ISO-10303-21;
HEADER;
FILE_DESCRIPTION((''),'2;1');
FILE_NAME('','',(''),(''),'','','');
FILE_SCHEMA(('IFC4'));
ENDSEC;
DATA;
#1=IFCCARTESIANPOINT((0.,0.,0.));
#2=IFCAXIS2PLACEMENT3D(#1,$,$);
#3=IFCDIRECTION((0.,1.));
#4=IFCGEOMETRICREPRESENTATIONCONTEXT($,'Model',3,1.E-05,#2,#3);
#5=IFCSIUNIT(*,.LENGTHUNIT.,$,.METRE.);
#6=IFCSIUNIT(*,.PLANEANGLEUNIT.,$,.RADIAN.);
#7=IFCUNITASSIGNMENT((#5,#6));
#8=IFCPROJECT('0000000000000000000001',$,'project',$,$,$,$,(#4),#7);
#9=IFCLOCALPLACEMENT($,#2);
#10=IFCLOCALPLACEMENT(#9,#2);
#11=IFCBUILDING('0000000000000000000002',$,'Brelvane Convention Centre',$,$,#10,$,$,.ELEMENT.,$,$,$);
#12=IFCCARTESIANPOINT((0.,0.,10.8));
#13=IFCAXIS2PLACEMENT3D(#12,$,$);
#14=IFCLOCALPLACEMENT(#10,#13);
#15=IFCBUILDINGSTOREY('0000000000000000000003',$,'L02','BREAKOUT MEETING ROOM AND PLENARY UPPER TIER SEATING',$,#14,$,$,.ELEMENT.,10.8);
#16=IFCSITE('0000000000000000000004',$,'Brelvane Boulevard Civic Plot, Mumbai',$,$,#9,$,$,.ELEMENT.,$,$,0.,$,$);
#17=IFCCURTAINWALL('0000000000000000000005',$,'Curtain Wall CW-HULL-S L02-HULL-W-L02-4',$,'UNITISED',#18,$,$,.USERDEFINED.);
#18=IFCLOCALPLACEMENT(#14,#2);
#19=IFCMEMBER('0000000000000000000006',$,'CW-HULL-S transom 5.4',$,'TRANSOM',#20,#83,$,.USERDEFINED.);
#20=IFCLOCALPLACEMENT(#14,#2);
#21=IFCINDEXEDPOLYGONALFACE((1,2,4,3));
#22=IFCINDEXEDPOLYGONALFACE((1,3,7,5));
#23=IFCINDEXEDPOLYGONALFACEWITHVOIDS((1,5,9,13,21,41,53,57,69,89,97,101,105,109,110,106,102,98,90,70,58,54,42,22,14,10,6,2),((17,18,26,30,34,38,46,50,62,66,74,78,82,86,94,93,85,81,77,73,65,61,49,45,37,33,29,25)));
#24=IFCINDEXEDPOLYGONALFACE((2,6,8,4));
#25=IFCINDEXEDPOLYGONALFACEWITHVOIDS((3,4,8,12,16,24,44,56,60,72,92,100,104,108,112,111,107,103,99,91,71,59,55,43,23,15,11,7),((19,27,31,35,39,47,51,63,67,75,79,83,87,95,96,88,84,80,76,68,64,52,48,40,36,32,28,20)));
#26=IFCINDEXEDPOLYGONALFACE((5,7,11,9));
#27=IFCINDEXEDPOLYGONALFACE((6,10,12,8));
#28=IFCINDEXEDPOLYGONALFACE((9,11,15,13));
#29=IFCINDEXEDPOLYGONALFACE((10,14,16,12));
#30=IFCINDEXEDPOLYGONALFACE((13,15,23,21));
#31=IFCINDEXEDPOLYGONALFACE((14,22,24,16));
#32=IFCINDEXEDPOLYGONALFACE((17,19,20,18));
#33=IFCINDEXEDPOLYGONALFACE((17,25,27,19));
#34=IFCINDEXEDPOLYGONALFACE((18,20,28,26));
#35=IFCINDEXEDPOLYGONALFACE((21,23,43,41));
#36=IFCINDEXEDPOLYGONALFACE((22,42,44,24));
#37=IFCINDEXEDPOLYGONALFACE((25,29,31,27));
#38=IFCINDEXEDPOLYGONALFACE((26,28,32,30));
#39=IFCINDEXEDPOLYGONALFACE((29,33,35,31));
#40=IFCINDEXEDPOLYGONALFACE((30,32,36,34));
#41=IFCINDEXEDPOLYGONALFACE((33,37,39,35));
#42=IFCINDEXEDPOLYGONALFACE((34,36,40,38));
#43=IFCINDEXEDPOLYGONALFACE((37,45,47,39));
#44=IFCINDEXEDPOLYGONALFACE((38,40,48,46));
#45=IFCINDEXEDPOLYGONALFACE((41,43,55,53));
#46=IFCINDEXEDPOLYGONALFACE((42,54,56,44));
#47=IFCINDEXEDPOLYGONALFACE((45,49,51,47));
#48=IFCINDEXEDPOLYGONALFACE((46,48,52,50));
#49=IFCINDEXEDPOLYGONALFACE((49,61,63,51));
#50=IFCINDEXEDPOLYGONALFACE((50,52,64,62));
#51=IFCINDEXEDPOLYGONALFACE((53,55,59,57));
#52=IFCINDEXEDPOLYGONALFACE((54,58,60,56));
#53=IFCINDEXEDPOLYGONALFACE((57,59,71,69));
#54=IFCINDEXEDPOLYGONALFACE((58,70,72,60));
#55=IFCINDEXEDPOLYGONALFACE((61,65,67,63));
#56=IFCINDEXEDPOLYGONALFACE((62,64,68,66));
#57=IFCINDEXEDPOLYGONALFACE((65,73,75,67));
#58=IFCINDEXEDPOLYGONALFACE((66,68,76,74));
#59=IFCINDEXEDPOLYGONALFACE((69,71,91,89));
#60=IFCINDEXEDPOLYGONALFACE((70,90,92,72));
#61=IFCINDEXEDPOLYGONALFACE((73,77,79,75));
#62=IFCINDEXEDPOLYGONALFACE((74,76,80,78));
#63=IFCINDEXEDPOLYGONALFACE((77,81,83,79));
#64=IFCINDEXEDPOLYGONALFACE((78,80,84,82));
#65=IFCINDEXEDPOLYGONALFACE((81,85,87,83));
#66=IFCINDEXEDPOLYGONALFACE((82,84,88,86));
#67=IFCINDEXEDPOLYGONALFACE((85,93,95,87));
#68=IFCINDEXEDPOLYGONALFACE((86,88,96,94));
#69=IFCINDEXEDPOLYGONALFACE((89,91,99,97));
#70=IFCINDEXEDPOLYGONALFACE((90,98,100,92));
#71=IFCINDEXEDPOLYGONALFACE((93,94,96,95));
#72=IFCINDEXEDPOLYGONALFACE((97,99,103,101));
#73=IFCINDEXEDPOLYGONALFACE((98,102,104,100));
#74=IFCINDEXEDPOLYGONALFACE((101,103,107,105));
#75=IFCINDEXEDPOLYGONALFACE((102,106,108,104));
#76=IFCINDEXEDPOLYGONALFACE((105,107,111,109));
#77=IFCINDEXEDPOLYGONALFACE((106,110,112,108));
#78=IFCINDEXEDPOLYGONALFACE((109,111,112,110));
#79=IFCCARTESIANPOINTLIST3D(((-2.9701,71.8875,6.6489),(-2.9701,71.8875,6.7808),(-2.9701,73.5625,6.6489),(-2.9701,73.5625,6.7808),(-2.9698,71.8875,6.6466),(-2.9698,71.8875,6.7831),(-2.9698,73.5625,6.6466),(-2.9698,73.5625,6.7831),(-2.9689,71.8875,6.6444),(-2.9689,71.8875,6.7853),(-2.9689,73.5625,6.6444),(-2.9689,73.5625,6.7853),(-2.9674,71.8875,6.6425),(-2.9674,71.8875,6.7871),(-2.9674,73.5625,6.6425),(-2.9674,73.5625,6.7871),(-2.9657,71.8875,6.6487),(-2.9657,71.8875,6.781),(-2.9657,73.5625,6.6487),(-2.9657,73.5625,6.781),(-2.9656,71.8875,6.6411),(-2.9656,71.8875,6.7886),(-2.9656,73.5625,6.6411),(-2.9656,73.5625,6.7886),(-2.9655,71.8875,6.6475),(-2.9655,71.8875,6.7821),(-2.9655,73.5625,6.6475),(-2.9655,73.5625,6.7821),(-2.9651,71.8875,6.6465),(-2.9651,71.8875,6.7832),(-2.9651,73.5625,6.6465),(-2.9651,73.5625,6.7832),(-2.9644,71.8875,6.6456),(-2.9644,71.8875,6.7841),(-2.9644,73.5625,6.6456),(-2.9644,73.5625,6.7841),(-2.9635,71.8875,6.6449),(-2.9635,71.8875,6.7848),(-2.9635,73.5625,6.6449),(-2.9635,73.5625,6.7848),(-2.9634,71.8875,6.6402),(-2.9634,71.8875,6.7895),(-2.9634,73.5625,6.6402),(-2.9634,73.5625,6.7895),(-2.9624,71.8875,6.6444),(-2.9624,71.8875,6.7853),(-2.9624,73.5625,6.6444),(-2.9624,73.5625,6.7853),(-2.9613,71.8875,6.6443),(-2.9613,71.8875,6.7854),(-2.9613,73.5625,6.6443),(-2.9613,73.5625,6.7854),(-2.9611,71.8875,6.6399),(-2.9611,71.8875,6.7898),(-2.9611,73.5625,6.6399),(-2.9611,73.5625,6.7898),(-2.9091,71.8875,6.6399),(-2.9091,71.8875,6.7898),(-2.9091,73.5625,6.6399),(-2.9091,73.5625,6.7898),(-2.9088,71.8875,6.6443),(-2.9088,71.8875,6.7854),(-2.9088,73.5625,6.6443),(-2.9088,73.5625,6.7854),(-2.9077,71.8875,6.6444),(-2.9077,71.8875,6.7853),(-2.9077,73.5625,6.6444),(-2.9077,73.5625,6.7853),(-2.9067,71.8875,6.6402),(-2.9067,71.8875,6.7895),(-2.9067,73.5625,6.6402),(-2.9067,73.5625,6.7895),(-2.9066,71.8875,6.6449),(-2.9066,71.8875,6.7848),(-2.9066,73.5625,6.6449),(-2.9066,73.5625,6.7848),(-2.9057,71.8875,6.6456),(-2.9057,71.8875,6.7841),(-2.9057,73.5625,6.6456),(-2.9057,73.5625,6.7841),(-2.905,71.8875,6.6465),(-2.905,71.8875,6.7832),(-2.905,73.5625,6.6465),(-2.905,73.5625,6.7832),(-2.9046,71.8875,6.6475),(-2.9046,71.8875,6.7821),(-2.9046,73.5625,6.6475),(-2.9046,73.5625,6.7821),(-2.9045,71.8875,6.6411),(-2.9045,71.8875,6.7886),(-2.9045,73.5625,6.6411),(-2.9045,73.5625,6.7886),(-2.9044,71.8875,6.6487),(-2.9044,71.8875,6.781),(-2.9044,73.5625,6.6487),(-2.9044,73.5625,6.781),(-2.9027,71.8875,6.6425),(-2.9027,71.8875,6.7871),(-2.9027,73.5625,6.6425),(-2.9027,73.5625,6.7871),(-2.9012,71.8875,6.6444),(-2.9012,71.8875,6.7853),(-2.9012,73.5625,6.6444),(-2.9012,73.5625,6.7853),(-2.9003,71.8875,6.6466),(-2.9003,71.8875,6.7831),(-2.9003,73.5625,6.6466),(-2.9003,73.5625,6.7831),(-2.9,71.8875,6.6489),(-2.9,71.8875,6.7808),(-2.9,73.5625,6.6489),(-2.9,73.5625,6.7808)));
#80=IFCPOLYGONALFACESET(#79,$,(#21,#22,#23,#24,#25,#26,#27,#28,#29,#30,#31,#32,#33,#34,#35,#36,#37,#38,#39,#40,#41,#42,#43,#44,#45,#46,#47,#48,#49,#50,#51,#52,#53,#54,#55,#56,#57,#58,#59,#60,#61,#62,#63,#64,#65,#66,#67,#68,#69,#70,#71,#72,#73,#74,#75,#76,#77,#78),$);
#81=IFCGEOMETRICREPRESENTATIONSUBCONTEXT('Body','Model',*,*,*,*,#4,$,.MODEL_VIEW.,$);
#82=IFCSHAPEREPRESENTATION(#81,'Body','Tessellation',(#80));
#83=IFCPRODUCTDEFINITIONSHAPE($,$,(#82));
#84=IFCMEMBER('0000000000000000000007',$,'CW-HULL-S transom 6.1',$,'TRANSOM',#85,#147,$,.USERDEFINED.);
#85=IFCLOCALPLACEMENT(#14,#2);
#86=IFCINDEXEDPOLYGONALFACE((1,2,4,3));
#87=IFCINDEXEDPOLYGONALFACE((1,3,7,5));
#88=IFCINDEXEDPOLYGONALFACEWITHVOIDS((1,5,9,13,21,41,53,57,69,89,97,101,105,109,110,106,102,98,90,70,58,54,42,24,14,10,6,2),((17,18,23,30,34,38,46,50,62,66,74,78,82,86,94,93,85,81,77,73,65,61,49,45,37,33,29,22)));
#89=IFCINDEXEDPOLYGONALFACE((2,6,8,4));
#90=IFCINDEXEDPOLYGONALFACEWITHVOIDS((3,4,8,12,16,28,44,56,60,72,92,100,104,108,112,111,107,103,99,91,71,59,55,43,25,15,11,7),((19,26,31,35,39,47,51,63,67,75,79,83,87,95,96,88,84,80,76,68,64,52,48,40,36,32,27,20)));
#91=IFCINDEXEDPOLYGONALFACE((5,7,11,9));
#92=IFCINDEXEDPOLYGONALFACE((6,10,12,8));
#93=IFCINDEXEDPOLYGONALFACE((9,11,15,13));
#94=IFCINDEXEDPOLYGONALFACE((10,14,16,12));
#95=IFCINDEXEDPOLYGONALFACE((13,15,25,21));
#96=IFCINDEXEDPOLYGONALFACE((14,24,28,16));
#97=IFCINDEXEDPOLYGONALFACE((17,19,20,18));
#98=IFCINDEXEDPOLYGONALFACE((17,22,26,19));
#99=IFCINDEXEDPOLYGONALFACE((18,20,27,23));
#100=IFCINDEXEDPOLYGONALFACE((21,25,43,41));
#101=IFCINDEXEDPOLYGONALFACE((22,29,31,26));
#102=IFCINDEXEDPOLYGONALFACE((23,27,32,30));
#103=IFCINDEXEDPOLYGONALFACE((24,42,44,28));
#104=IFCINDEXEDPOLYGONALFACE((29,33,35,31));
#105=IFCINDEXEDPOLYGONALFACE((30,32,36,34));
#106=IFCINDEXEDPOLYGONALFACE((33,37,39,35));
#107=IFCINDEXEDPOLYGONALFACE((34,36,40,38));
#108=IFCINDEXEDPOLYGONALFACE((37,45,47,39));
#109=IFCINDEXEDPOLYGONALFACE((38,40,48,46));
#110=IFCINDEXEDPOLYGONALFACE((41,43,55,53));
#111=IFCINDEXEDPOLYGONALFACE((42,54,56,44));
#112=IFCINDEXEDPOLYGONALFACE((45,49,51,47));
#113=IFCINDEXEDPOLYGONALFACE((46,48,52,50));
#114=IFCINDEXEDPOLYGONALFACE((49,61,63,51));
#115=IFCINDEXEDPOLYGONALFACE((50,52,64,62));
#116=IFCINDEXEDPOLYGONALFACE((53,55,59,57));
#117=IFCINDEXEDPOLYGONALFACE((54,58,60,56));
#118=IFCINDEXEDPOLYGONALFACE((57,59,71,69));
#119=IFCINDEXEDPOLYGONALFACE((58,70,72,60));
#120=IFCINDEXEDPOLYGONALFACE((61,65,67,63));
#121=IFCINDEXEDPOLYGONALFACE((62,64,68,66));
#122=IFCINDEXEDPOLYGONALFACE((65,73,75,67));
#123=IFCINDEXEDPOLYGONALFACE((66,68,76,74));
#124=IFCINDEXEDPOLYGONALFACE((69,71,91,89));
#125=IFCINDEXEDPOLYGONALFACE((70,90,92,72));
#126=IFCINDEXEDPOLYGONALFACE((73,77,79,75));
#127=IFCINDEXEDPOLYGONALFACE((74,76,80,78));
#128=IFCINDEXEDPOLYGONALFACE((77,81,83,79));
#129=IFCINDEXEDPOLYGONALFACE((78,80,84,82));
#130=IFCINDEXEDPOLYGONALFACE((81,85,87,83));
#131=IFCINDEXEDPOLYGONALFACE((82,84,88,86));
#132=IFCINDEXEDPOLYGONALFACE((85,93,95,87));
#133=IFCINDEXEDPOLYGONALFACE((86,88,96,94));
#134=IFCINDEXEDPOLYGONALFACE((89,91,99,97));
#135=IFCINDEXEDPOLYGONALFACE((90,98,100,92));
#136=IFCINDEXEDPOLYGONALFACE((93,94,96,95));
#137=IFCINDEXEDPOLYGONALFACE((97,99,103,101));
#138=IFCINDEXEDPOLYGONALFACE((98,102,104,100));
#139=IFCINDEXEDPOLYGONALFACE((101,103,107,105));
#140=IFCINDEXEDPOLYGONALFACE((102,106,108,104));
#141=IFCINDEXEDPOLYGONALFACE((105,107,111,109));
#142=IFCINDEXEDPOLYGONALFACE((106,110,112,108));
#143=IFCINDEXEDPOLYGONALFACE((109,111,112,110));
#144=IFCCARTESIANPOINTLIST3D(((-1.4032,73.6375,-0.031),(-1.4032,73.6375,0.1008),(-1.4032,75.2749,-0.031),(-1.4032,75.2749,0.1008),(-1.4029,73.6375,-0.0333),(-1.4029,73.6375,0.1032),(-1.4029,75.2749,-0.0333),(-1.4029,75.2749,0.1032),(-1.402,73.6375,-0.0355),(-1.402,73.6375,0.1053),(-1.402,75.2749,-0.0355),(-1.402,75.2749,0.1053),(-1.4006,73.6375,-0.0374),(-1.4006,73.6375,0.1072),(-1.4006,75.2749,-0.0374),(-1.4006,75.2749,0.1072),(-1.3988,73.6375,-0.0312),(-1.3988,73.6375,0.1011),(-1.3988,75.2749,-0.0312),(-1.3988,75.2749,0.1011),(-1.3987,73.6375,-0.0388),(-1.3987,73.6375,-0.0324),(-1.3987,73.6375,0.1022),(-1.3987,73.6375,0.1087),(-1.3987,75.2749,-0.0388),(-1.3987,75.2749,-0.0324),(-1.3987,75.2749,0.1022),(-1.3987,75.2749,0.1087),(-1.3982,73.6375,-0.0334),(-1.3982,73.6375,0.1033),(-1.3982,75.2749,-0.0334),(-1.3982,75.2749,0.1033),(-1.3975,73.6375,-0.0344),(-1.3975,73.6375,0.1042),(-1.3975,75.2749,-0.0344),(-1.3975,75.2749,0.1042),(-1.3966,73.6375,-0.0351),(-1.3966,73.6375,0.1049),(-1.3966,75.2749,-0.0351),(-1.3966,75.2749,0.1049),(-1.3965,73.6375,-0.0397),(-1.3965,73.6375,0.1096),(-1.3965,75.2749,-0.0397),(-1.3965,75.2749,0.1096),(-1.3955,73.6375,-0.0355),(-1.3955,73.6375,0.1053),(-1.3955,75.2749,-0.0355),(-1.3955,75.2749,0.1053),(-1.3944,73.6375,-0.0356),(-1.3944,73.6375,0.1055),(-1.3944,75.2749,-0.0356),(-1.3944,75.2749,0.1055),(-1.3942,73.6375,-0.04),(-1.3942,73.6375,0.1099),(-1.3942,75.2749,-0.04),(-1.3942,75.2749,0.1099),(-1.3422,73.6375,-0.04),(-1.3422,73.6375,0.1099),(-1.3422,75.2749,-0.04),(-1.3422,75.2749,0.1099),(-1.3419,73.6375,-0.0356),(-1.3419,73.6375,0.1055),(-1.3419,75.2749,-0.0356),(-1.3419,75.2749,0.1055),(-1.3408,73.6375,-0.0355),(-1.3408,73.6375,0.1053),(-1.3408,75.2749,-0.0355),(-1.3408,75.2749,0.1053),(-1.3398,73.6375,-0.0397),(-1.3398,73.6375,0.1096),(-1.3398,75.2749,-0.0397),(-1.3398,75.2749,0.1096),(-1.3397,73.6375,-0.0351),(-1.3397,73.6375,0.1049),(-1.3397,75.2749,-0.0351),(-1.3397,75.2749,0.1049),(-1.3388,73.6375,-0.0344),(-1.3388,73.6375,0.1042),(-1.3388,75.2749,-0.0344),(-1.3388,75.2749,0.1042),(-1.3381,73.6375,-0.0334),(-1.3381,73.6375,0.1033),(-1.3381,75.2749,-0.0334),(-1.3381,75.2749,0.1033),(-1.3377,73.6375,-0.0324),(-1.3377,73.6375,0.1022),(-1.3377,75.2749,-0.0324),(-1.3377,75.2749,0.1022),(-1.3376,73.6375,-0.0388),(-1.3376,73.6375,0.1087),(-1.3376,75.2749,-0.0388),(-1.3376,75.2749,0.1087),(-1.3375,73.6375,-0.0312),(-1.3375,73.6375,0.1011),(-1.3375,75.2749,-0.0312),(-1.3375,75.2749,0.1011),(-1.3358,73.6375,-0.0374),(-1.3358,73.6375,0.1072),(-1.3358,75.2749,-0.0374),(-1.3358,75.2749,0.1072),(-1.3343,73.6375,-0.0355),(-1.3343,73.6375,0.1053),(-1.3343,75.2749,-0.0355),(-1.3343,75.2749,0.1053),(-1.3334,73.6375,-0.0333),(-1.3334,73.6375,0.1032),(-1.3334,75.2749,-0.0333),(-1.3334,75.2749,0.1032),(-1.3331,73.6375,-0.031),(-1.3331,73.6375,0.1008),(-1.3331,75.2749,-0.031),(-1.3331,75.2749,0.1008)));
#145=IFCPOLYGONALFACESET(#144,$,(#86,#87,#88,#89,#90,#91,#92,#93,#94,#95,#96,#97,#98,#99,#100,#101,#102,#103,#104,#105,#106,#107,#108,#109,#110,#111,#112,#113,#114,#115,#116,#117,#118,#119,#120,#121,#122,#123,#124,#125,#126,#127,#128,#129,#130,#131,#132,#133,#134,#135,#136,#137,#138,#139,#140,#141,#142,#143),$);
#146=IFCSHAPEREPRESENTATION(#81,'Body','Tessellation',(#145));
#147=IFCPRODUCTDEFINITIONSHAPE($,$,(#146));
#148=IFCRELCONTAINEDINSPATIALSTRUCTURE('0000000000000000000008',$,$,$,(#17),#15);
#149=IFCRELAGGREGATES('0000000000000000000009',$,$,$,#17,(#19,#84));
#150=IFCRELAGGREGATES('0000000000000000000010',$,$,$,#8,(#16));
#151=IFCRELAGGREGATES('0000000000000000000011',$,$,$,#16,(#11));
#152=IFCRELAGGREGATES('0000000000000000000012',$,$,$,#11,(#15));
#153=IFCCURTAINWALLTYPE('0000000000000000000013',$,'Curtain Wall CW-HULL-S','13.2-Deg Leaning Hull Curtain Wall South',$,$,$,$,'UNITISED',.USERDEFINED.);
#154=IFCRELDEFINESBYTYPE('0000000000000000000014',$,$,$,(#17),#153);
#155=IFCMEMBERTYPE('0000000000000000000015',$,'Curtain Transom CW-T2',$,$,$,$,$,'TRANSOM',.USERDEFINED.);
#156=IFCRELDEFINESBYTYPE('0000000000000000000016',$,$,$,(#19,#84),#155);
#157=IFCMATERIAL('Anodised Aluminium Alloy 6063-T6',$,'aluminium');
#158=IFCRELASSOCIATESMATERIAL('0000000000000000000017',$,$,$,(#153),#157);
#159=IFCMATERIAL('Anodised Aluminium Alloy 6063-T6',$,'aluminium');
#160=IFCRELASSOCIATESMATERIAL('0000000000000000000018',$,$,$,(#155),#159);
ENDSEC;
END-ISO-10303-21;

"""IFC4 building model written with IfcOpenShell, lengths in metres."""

from ifc_helpers import new_model, si_unit, direction, frame, origin, origin_2d, place, context, subcontext, project, spatial, hollow_rectangle, extrude, material, material_profile, profile_set, type_object, element, aggregate, save


model = new_model("IFC4")

# Units and contexts
model_context = context("Model", 3, precision=1e-05, world=origin(), true_north=direction((0.0, 1.0)))
body_context = subcontext(model_context, "Body", "Model", "MODEL_VIEW")
ifc_project = project(units=[si_unit("LENGTHUNIT", "METRE"), si_unit("PLANEANGLEUNIT", "RADIAN")], contexts=[model_context])

# Site, building, storey
site_placement = place(None, origin())
site = spatial("IfcSite", under=ifc_project, at=site_placement, Name="Brelvane Boulevard Civic Plot, Mumbai", CompositionType="ELEMENT", RefElevation=0.0)
building_placement = place(site_placement, origin())
building = spatial("IfcBuilding", under=site, at=building_placement, Name="Brelvane Convention Centre", CompositionType="ELEMENT")
storey_placement = place(building_placement, frame((0.0, 0.0, 10.8)))
storey = spatial("IfcBuildingStorey", under=building, at=storey_placement, Name="L02", Description="BREAKOUT MEETING ROOM AND PLENARY UPPER TIER SEATING", CompositionType="ELEMENT", Elevation=10.8)

# Curtain wall
ifc_material_1 = material(Name="Anodised Aluminium Alloy 6063-T6", Category="aluminium")
curtain_wall_type = type_object("IfcCurtainWallType", Name="Curtain Wall CW-HULL-S", Description="13.2-Deg Leaning Hull Curtain Wall South", ElementType="UNITISED", PredefinedType="USERDEFINED", material=ifc_material_1)
curtain_wall_1_placement = place(storey_placement, origin())
curtain_wall_1 = element("IfcCurtainWall", 1, at=curtain_wall_1_placement, inside=storey, type_object=curtain_wall_type, Name="Curtain Wall CW-HULL-S L02-HULL-W-L02-4", ObjectType="UNITISED", PredefinedType="USERDEFINED")

# Members
ifc_material_2 = material(Name="Anodised Aluminium Alloy 6063-T6", Category="aluminium")
ifc_material_profile_1 = material_profile(ifc_material_2, hollow_rectangle(XDim=0.0701, YDim=0.1499, WallThickness=0.0044, InnerFilletRadius=0.0044, OuterFilletRadius=0.009, at=origin_2d()), Name="ALU-T 150x70x4.5")
ifc_profile_set_1 = profile_set([ifc_material_profile_1], Name="Anodised Aluminium Alloy 6063-T6")
member_type_1 = type_object("IfcMemberType", Name="Curtain Transom CW-T2", ElementType="TRANSOM", PredefinedType="USERDEFINED", material=ifc_profile_set_1)
member_1_placement = place(storey_placement, frame((-2.9351, 71.8875, 6.7148), z_axis=(0.0, 1.0, 0.0), x_axis=(-1.0, 0.0, 0.0)))
member_1 = element("IfcMember", 2, at=member_1_placement, type_object=member_type_1, Name="CW-HULL-S transom 5.4", ObjectType="TRANSOM", PredefinedType="USERDEFINED", context=body_context, shape_type="SweptSolid", body=[
    extrude(hollow_rectangle(XDim=0.0701, YDim=0.1499, WallThickness=0.0044, InnerFilletRadius=0.0044, OuterFilletRadius=0.009, at=origin_2d()), origin(), (0.0, 0.0, 1.0), 1.675),
])
member_2_placement = place(storey_placement, frame((-1.3682, 73.6375, 0.0349), z_axis=(0.0, 1.0, 0.0), x_axis=(-1.0, 0.0, 0.0)))
member_2 = element("IfcMember", 3, at=member_2_placement, type_object=member_type_1, Name="CW-HULL-S transom 6.1", ObjectType="TRANSOM", PredefinedType="USERDEFINED", context=body_context, shape_type="SweptSolid", body=[
    extrude(hollow_rectangle(XDim=0.0701, YDim=0.1499, WallThickness=0.0044, InnerFilletRadius=0.0044, OuterFilletRadius=0.009, at=origin_2d()), origin(), (0.0, 0.0, 1.0), 1.6375),
])

aggregate(curtain_wall_1, [member_1, member_2])

save(model, "model.ifc")
